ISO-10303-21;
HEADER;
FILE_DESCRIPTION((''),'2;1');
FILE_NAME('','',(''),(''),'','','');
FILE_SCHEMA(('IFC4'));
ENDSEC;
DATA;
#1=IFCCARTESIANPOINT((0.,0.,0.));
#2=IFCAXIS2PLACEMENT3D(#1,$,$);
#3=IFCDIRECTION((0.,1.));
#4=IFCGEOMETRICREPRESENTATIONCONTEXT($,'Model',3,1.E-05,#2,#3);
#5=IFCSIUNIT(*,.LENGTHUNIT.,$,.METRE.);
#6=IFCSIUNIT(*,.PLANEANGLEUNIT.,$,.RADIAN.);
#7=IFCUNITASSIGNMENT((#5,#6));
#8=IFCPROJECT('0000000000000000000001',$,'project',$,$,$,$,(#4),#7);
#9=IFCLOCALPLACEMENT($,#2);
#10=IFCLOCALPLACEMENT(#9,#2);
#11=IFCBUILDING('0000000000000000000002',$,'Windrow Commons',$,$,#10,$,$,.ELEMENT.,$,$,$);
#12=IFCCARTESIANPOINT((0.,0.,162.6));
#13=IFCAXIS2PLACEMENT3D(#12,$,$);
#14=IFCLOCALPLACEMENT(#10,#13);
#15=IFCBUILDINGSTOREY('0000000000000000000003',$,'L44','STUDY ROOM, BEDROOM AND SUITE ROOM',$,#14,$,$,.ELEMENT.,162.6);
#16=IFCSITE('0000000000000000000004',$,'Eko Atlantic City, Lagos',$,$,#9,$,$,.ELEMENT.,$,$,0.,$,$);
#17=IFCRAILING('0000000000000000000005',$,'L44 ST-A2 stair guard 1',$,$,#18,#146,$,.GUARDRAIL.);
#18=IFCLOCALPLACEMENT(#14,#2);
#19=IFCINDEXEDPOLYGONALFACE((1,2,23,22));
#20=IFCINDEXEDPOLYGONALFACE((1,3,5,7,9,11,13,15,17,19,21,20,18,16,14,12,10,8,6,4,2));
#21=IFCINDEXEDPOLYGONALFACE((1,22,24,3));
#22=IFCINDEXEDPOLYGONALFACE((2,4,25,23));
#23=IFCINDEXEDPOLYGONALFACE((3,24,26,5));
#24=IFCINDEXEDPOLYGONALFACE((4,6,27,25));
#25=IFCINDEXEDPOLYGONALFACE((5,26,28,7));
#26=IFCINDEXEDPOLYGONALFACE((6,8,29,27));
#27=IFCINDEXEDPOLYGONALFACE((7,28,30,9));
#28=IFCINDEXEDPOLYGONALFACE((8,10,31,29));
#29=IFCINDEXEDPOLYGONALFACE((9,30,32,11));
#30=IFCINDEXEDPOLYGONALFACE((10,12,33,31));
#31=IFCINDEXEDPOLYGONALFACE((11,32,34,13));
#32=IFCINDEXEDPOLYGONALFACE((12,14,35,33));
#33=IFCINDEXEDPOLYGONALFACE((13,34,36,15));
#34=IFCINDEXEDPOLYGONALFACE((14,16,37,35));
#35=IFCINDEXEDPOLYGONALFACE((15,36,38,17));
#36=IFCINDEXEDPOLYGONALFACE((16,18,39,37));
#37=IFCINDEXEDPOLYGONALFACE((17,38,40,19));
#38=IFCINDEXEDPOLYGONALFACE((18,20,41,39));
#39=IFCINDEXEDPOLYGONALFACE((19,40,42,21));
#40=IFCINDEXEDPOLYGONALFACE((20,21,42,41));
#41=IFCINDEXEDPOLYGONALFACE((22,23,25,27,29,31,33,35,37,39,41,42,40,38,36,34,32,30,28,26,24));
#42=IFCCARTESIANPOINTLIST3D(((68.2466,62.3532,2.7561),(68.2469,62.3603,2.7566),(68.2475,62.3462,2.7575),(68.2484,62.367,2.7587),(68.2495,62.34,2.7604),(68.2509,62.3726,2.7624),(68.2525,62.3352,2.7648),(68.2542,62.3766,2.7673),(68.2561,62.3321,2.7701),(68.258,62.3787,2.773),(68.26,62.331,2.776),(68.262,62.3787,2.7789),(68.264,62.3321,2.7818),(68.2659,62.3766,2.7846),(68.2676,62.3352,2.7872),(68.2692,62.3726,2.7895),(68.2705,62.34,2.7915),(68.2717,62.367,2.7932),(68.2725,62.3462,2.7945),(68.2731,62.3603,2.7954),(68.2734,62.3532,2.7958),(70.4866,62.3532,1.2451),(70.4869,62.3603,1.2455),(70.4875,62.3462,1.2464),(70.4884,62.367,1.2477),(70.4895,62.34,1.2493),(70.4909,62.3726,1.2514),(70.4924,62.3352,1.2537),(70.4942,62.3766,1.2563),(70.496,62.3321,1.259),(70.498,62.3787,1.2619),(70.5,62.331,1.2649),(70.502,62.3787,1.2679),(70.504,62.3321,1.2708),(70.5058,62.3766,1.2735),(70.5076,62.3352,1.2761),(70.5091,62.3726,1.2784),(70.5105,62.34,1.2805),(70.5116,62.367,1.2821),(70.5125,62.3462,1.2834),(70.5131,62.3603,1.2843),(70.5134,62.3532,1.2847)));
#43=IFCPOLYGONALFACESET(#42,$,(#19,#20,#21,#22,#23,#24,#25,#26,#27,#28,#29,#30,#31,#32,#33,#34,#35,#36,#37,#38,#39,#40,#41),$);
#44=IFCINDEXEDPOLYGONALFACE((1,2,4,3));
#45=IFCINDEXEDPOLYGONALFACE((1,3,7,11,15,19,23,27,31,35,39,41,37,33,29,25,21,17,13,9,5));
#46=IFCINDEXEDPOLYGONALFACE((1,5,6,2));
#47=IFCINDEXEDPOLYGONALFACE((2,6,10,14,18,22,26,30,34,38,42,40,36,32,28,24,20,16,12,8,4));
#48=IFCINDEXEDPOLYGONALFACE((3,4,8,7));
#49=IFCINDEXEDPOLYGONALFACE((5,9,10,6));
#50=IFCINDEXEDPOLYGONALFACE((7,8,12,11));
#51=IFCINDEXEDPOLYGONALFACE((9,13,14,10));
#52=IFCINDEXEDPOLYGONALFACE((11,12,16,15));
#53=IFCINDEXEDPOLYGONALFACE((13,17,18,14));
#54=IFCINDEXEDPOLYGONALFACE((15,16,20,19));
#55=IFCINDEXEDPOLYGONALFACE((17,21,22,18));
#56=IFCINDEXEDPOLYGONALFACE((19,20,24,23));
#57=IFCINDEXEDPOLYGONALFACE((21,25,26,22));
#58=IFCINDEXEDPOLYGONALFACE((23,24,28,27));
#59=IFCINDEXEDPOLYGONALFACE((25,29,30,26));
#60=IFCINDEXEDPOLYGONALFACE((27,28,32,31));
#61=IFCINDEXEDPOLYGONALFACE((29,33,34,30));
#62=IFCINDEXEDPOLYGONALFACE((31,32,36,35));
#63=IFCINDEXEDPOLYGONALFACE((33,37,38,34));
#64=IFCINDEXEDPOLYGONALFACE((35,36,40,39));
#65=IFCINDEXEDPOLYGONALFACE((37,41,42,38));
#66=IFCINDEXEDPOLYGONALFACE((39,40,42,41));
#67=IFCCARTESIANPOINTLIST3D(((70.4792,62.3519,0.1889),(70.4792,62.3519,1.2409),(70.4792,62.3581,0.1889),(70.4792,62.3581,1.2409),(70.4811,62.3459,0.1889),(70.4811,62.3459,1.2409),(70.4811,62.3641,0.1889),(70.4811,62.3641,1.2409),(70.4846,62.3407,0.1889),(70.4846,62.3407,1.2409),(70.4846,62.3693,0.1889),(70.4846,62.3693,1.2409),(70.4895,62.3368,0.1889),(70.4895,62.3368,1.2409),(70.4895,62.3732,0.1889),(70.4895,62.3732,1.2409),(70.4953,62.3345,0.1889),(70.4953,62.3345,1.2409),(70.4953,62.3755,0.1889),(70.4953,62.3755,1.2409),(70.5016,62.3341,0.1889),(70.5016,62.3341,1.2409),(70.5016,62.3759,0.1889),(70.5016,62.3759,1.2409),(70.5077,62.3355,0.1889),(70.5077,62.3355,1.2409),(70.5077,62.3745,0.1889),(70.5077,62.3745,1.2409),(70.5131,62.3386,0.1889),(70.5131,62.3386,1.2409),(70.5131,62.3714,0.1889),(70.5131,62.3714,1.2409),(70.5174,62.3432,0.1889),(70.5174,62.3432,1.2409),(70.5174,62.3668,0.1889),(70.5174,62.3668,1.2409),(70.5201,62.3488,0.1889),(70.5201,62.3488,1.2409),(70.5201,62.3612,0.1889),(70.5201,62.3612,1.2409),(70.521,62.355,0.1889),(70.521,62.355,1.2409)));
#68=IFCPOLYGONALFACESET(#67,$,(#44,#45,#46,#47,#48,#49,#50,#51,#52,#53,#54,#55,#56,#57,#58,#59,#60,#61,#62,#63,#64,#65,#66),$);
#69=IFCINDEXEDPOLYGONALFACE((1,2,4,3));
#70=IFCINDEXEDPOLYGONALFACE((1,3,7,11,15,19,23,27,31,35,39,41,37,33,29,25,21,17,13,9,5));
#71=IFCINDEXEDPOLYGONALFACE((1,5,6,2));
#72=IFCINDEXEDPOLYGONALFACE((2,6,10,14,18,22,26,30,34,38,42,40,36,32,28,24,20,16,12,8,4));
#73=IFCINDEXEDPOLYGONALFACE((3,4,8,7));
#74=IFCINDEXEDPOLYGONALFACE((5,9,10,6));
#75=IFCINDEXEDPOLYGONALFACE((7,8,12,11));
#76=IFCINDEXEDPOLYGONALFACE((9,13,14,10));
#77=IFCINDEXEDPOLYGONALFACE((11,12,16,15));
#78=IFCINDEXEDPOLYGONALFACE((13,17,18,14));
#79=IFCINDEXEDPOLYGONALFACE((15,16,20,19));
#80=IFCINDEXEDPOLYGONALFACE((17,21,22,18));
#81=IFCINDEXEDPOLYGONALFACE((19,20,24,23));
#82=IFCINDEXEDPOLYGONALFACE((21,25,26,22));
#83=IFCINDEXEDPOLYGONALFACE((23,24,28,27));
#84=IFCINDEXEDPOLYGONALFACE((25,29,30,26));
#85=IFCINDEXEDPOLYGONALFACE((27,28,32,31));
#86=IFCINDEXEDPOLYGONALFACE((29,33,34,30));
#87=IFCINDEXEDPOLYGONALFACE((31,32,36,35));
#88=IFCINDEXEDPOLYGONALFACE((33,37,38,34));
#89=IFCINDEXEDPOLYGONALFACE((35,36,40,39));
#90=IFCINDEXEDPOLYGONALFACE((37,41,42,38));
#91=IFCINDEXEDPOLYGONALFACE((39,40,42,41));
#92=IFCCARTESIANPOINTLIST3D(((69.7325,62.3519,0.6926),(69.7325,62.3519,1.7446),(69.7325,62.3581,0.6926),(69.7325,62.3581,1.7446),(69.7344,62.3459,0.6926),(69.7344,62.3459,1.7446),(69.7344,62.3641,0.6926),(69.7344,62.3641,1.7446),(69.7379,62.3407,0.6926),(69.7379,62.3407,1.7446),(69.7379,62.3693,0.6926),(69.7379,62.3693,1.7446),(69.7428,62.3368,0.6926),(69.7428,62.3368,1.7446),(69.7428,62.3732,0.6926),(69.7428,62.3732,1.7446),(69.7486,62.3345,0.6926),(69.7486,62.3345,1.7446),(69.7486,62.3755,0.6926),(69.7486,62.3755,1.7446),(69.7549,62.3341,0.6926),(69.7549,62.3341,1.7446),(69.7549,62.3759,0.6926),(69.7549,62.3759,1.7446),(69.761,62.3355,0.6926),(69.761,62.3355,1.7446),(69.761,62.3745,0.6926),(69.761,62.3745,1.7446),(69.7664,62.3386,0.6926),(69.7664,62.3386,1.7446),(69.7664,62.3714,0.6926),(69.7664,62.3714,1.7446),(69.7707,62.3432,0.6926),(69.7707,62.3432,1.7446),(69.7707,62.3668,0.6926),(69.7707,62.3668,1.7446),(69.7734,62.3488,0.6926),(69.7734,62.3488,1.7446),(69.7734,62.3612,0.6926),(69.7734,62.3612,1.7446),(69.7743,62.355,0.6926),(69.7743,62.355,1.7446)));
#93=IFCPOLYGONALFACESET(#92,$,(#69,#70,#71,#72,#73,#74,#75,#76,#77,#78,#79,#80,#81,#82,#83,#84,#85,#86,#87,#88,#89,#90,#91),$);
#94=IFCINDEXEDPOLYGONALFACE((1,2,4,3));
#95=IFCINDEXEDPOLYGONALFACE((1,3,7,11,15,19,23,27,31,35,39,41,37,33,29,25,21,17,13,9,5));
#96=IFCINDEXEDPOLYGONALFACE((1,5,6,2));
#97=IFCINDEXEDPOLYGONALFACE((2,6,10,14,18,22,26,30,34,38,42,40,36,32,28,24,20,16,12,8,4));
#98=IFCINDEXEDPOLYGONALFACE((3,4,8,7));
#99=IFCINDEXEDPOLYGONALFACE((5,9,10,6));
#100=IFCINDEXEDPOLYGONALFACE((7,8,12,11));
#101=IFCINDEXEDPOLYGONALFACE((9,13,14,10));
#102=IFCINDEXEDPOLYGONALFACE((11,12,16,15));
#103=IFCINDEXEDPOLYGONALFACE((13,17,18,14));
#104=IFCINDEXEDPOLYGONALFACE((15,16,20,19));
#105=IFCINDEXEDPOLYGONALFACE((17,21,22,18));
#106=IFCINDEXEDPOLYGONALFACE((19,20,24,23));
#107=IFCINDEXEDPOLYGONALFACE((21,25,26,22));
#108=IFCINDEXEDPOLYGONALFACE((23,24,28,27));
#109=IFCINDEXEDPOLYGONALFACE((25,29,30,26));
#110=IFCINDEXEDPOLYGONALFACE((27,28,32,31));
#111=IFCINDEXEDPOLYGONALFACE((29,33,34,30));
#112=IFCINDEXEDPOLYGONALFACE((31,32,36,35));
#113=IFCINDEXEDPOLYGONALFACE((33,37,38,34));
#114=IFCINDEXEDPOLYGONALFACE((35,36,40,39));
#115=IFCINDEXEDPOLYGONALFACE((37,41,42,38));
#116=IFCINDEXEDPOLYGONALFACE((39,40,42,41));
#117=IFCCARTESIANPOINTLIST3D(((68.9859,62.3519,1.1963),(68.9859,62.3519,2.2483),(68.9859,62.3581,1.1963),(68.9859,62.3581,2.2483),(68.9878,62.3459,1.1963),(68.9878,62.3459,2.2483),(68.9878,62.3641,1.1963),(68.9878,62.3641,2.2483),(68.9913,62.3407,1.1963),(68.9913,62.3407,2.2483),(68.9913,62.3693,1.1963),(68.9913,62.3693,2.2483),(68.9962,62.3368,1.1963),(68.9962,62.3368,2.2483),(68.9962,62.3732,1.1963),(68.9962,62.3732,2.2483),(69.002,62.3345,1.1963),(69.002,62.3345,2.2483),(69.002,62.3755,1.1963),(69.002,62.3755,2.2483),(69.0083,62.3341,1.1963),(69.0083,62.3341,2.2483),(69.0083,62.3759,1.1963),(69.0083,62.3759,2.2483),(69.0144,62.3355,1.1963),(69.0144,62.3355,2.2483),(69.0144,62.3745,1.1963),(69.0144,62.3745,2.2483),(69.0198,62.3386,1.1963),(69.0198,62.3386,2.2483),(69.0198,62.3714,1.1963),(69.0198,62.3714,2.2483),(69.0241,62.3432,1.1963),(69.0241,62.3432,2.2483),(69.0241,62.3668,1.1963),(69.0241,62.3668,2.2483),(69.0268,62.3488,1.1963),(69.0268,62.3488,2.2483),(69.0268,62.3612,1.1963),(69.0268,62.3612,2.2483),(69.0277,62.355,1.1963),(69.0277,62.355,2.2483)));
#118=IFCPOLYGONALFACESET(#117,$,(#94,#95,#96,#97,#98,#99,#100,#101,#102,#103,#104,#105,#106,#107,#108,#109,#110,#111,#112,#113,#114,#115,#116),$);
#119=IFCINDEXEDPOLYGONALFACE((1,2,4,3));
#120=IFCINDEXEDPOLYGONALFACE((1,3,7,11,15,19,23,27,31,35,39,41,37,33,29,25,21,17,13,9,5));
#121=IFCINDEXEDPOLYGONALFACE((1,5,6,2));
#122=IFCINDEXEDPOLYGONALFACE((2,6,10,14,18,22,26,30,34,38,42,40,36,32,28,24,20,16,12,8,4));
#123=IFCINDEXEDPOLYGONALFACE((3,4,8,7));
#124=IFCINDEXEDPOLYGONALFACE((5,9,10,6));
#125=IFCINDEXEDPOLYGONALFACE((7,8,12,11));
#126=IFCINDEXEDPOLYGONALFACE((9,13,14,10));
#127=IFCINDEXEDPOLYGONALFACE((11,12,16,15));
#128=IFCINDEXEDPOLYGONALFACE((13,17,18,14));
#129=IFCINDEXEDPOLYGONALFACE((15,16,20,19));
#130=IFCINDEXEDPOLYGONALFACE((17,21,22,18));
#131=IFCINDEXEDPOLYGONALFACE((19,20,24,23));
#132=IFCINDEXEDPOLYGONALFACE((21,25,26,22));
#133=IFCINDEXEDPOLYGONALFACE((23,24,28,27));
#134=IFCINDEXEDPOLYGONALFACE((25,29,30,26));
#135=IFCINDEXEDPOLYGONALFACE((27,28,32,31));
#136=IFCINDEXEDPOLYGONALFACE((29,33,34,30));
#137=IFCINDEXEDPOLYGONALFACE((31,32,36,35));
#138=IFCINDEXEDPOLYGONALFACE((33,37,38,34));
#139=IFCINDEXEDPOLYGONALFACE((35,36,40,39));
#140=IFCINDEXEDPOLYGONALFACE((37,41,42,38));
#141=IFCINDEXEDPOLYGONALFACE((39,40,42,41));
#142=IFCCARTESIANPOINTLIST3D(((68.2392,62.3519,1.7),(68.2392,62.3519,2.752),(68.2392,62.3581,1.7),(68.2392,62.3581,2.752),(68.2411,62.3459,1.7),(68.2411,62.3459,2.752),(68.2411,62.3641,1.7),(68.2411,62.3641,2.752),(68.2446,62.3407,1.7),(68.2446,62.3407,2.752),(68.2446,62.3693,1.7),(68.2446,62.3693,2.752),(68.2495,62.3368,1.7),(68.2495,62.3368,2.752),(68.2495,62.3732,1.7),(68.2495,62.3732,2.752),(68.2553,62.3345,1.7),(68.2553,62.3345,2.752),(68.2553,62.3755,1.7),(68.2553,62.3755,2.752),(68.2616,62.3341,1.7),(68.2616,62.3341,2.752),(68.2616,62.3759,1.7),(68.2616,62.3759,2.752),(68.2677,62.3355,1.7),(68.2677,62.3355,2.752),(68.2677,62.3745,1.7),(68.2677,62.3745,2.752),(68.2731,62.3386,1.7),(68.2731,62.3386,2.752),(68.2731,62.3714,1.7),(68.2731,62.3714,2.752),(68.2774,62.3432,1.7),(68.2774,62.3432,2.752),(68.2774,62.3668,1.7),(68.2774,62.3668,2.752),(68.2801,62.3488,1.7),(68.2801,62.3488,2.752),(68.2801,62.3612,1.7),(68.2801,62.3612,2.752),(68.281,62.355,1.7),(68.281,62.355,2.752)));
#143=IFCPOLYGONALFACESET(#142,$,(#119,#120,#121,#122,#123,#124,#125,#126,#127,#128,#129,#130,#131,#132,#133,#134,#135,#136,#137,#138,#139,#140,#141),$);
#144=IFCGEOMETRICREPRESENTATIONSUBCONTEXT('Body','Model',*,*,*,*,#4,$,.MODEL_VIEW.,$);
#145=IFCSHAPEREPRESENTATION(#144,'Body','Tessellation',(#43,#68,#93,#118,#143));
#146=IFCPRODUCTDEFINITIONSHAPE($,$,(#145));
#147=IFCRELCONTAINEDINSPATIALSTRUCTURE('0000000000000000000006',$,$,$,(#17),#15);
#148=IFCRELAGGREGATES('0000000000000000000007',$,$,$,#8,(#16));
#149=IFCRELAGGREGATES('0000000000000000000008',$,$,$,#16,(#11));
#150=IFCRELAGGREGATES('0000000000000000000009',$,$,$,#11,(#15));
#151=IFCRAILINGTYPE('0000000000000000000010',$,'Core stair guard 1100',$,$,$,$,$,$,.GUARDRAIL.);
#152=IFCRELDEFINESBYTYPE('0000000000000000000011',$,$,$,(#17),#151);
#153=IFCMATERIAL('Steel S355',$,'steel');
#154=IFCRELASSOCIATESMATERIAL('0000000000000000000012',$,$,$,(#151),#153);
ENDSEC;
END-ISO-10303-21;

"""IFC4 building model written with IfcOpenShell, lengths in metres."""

from ifc_helpers import new_model, si_unit, direction, frame, origin, origin_2d, place, context, subcontext, project, spatial, circle, extrude, material, type_object, element, save


model = new_model("IFC4")

# Units and contexts
model_context = context("Model", 3, precision=1e-05, world=origin(), true_north=direction((0.0, 1.0)))
body_context = subcontext(model_context, "Body", "Model", "MODEL_VIEW")
ifc_project = project(units=[si_unit("LENGTHUNIT", "METRE"), si_unit("PLANEANGLEUNIT", "RADIAN")], contexts=[model_context])

# Site, building, storey
site_placement = place(None, origin())
site = spatial("IfcSite", under=ifc_project, at=site_placement, Name="Eko Atlantic City, Lagos", CompositionType="ELEMENT", RefElevation=0.0)
building_placement = place(site_placement, origin())
building = spatial("IfcBuilding", under=site, at=building_placement, Name="Windrow Commons", CompositionType="ELEMENT")
storey_placement = place(building_placement, frame((0.0, 0.0, 162.6)))
storey = spatial("IfcBuildingStorey", under=building, at=storey_placement, Name="L44", Description="STUDY ROOM, BEDROOM AND SUITE ROOM", CompositionType="ELEMENT", Elevation=162.6)

# Railing
ifc_material_1 = material(Name="Steel S355", Category="steel")
railing_type_1 = type_object("IfcRailingType", Name="Core stair guard 1100", PredefinedType="GUARDRAIL", material=ifc_material_1)
railing_1_placement = place(storey_placement, frame((70.5, 62.355, 0.1889)))
element("IfcRailing", 1, at=railing_1_placement, inside=storey, type_object=railing_type_1, Name="L44 ST-A2 stair guard 1", PredefinedType="GUARDRAIL", context=body_context, shape_type="SweptSolid", body=[
    extrude(circle(Radius=0.024, at=origin_2d()), frame((0.0, 0.0, 1.076), z_axis=(-0.829003, 0.0, 0.559244), x_axis=(0.0, -1.0, 0.0)), (0.0, 0.0, 1.0), 2.702),
    extrude(circle(Radius=0.021, at=origin_2d()), origin(), (0.0, 0.0, 1.0), 1.052),
    extrude(circle(Radius=0.021, at=origin_2d()), frame((-0.7467, 0.0, 0.5037)), (0.0, 0.0, 1.0), 1.052),
    extrude(circle(Radius=0.021, at=origin_2d()), frame((-1.4933, 0.0, 1.0074)), (0.0, 0.0, 1.0), 1.052),
    extrude(circle(Radius=0.021, at=origin_2d()), frame((-2.24, 0.0, 1.5111)), (0.0, 0.0, 1.0), 1.052),
])

save(model, "model.ifc")
